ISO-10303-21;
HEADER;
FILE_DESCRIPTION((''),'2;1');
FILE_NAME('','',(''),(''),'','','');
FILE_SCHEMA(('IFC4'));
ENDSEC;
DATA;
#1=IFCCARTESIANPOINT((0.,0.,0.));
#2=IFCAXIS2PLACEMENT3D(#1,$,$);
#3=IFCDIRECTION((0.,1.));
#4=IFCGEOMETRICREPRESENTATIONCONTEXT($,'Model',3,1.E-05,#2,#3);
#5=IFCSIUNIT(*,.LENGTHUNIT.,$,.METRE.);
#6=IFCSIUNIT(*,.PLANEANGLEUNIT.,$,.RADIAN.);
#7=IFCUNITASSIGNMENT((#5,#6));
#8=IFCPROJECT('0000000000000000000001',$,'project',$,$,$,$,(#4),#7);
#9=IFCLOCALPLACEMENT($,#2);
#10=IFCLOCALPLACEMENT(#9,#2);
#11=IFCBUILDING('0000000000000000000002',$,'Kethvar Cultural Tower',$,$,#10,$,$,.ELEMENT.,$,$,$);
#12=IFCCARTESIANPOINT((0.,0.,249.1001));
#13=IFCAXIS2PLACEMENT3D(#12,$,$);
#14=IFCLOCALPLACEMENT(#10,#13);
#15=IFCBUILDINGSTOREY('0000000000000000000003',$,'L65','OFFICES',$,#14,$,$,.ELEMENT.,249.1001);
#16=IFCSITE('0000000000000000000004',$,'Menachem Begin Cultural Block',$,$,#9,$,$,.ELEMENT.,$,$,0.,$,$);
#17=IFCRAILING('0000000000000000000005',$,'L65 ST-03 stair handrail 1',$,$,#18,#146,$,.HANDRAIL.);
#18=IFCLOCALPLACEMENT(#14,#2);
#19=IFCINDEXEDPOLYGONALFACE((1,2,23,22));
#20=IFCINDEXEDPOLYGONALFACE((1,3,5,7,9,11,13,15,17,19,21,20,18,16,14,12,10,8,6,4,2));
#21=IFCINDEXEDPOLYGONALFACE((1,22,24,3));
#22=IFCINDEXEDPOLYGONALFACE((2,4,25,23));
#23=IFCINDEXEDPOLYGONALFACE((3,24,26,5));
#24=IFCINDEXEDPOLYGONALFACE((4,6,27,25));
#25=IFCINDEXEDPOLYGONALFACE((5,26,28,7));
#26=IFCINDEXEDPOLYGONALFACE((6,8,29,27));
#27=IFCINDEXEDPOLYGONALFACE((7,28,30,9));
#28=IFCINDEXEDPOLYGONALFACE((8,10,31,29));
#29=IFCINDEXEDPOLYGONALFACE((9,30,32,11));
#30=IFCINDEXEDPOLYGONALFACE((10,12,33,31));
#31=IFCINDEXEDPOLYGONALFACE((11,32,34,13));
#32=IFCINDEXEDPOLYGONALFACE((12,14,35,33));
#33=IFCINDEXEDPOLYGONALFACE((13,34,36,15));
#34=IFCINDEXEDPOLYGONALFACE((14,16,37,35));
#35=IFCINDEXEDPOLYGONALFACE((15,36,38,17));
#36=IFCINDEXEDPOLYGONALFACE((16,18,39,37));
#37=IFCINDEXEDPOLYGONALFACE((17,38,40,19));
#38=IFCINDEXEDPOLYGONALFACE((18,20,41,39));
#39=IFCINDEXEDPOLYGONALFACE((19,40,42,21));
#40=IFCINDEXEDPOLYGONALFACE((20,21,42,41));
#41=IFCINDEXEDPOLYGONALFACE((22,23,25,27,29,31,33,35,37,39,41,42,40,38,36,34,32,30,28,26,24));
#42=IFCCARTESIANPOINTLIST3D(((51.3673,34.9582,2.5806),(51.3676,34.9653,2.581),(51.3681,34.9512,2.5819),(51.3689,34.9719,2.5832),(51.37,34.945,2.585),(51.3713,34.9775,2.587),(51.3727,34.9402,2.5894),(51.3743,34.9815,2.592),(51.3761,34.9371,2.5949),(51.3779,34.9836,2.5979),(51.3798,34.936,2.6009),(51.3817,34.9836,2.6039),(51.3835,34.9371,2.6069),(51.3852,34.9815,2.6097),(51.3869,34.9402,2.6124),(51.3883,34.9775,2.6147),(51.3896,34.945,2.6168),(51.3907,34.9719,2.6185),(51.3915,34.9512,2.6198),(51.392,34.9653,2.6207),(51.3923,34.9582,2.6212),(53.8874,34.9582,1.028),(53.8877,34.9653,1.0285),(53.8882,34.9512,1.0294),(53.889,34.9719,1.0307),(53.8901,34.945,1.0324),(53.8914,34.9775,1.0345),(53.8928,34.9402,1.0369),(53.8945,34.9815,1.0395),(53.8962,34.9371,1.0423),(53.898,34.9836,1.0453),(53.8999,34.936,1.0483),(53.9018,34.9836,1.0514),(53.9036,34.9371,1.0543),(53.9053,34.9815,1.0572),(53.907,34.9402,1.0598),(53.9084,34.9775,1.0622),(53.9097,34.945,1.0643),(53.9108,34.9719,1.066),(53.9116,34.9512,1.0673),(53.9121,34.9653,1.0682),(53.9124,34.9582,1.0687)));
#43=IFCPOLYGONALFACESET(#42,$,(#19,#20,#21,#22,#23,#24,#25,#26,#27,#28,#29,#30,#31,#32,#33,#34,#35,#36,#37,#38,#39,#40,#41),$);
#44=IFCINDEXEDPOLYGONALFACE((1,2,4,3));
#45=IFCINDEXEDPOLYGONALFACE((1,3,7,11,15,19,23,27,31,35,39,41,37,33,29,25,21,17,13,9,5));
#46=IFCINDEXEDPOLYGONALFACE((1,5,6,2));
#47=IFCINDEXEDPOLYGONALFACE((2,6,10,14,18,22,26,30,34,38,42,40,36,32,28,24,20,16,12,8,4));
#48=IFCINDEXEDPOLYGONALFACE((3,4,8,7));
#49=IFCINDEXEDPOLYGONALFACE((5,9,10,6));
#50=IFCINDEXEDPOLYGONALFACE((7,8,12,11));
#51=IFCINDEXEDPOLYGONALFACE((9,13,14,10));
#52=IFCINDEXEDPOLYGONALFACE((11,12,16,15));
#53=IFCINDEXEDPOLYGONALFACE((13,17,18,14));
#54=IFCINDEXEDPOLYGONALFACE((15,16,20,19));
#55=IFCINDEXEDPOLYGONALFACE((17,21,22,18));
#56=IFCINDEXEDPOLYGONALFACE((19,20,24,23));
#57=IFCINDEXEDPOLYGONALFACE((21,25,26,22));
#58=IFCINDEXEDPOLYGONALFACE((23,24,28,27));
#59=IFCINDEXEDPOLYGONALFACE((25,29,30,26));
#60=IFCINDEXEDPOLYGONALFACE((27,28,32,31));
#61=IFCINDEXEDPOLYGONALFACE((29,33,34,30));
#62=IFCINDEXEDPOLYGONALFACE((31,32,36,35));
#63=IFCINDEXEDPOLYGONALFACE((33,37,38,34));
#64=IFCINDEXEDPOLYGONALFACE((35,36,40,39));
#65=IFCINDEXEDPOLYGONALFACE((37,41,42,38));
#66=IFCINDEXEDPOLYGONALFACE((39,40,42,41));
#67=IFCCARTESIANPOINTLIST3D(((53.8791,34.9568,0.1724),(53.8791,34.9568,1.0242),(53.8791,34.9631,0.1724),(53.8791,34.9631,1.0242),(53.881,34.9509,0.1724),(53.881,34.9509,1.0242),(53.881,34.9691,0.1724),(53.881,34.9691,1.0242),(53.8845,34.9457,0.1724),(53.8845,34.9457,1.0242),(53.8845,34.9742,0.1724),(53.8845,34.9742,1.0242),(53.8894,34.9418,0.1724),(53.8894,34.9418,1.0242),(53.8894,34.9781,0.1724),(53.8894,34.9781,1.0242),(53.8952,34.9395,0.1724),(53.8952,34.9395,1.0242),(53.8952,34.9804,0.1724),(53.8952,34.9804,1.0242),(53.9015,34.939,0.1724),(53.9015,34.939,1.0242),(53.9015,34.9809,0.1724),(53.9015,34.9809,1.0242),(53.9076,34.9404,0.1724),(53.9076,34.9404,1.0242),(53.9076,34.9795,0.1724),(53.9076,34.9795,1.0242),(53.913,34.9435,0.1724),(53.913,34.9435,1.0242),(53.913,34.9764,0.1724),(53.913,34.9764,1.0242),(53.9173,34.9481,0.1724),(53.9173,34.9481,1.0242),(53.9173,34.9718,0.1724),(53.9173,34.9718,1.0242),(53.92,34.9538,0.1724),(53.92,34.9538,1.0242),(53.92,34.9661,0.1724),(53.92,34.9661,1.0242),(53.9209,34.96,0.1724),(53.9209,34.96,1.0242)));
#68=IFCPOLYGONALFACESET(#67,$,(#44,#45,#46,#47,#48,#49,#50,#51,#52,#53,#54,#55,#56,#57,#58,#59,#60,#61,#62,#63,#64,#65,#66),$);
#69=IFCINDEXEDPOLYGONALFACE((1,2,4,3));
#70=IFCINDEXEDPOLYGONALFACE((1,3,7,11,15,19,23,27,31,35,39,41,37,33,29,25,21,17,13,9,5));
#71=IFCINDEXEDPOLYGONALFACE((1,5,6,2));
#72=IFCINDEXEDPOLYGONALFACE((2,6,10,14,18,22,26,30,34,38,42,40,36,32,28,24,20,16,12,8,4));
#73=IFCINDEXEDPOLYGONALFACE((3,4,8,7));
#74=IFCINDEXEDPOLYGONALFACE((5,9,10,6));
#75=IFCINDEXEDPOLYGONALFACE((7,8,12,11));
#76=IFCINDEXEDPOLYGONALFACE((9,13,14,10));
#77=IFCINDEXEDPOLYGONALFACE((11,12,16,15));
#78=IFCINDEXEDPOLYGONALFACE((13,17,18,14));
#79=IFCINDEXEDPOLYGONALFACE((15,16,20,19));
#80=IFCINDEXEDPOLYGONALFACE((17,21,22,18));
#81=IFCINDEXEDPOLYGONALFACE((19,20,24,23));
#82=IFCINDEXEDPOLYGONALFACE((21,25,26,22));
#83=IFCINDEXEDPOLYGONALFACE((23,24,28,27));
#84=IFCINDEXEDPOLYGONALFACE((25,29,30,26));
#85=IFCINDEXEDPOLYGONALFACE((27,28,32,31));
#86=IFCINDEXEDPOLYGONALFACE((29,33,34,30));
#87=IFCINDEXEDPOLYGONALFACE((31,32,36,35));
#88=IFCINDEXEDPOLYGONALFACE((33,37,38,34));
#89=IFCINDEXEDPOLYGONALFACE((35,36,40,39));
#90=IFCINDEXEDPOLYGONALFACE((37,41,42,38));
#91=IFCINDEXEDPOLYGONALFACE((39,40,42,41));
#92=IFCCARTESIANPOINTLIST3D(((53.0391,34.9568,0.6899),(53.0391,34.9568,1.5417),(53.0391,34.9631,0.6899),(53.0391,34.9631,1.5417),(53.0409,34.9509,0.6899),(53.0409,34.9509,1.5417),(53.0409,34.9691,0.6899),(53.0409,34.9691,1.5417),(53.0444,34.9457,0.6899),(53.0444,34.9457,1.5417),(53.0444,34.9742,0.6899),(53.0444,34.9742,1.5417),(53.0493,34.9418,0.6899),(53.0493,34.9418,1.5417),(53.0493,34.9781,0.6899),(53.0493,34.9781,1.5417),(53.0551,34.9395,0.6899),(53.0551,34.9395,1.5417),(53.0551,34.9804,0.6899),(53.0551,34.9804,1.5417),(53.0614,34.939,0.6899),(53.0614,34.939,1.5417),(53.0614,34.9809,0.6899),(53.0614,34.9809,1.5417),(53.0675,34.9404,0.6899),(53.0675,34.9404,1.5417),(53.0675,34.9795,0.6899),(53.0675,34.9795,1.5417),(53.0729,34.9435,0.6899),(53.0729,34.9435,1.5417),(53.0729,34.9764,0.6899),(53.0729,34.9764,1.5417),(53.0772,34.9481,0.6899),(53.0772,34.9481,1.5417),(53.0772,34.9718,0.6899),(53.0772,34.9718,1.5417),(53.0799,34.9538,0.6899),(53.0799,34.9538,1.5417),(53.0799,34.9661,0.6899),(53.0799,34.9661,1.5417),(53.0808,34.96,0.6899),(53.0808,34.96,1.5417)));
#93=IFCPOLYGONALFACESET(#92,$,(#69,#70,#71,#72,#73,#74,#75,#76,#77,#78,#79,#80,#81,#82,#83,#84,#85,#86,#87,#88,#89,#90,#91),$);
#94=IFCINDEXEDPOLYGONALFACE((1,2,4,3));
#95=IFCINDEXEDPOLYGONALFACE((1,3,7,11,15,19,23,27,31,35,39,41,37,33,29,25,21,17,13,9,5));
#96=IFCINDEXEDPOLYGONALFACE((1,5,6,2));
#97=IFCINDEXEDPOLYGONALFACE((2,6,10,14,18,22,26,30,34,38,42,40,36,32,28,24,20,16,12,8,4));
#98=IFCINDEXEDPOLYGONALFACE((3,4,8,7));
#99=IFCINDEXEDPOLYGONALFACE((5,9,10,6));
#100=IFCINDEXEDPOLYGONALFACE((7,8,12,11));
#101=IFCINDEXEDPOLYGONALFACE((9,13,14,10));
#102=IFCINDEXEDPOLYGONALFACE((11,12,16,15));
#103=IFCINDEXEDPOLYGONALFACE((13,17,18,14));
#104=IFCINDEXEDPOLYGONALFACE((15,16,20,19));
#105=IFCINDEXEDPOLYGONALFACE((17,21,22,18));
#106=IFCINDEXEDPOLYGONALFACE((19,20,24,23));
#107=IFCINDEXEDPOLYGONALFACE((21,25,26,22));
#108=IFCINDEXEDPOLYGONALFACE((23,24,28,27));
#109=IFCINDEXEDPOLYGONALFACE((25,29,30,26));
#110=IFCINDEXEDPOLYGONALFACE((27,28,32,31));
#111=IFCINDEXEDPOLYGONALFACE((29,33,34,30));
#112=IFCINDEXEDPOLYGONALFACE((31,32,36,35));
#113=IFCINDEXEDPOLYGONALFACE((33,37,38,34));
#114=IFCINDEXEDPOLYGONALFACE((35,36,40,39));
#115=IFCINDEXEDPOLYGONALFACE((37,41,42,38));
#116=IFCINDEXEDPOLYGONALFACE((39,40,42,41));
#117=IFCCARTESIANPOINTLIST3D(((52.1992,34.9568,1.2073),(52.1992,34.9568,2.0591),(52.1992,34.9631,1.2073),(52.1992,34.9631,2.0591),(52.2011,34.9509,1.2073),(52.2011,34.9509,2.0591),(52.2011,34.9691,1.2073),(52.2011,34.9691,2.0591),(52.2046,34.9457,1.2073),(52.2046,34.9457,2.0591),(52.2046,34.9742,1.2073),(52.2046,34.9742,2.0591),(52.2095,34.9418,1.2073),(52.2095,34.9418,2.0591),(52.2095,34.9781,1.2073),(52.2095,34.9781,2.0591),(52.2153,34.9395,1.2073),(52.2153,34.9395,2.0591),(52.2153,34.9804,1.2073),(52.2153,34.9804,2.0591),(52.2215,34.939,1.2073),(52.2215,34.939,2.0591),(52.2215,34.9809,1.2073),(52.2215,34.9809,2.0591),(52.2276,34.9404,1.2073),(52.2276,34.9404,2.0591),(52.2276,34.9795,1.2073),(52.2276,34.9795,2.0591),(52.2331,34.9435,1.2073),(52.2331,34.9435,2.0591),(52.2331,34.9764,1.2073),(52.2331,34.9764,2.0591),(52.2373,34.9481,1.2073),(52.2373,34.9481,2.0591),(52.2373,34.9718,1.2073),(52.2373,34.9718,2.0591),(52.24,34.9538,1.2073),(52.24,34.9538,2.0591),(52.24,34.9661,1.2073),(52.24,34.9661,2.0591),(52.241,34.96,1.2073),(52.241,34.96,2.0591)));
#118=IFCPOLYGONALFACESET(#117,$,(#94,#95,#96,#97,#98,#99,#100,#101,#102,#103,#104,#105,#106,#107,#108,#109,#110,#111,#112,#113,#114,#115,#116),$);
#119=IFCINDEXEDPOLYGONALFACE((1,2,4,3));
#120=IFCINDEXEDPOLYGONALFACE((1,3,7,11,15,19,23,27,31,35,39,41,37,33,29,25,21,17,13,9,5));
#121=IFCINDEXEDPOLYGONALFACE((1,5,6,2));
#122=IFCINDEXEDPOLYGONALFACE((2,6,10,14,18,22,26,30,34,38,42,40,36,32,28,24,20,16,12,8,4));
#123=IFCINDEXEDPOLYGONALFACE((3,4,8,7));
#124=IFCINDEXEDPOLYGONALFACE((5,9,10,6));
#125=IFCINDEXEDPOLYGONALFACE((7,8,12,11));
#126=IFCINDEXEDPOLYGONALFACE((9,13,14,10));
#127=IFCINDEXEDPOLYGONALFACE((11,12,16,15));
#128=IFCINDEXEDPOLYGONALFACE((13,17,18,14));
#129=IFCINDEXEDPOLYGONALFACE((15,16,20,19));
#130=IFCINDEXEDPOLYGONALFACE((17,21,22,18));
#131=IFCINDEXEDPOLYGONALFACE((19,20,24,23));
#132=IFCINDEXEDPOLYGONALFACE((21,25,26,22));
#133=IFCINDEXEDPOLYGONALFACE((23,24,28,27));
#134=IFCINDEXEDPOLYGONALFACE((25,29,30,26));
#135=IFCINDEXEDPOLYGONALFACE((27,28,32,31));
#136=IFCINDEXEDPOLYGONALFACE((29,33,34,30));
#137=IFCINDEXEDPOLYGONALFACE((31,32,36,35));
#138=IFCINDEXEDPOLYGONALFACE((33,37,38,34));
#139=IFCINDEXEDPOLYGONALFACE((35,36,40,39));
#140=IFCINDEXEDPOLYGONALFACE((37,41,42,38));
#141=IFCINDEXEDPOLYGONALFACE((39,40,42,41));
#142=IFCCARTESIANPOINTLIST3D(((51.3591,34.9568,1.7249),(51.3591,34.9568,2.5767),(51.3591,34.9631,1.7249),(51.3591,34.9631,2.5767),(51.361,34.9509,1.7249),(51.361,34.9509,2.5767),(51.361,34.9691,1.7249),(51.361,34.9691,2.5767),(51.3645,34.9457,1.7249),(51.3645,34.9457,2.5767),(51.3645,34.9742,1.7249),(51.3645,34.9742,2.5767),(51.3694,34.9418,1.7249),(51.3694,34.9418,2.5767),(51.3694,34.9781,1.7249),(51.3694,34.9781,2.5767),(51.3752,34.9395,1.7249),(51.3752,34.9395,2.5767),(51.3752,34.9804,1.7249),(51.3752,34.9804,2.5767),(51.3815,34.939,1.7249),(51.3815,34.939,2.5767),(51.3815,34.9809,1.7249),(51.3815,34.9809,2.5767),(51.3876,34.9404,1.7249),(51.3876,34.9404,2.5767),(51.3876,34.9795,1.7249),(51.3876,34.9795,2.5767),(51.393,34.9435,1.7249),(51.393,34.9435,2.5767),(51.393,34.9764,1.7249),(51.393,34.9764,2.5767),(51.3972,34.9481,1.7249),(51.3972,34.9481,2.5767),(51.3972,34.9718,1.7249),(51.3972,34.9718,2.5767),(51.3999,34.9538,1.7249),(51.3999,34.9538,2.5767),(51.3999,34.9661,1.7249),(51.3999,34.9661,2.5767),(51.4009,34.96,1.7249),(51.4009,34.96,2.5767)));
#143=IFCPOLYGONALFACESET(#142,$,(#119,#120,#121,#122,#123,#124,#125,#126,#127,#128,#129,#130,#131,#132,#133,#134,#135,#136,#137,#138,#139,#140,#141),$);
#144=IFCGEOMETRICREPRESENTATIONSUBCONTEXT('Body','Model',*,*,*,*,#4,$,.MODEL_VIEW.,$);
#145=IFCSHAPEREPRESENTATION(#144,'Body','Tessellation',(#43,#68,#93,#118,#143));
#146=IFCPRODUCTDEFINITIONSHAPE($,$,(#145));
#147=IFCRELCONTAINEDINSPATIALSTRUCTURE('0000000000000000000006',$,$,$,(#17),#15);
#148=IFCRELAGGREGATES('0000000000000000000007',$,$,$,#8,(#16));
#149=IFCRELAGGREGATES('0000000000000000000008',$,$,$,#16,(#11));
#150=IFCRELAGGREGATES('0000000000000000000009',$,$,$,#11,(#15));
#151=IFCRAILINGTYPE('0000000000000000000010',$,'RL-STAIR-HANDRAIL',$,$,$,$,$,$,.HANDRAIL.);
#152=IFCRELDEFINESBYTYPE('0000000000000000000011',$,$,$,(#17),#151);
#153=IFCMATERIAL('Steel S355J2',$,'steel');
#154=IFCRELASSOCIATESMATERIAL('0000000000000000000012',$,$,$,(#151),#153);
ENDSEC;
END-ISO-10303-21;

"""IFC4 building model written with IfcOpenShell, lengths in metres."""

from ifc_helpers import new_model, si_unit, direction, frame, origin, origin_2d, place, context, subcontext, project, spatial, circle, extrude, material, type_object, element, save


model = new_model("IFC4")

# Units and contexts
model_context = context("Model", 3, precision=1e-05, world=origin(), true_north=direction((0.0, 1.0)))
body_context = subcontext(model_context, "Body", "Model", "MODEL_VIEW")
ifc_project = project(units=[si_unit("LENGTHUNIT", "METRE"), si_unit("PLANEANGLEUNIT", "RADIAN")], contexts=[model_context])

# Site, building, storey
site_placement = place(None, origin())
site = spatial("IfcSite", under=ifc_project, at=site_placement, Name="Menachem Begin Cultural Block", CompositionType="ELEMENT", RefElevation=0.0)
building_placement = place(site_placement, origin())
building = spatial("IfcBuilding", under=site, at=building_placement, Name="Kethvar Cultural Tower", CompositionType="ELEMENT")
storey_placement = place(building_placement, frame((0.0, 0.0, 249.1001)))
storey = spatial("IfcBuildingStorey", under=building, at=storey_placement, Name="L65", Description="OFFICES", CompositionType="ELEMENT", Elevation=249.1001)

# Shared definitions
ifc_material_1 = material(Name="Steel S355J2", Category="steel")

# Railing
railing_type_1 = type_object("IfcRailingType", Name="RL-STAIR-HANDRAIL", PredefinedType="HANDRAIL", material=ifc_material_1)
railing_1_placement = place(storey_placement, frame((53.8999, 34.96, 0.1724)))
element("IfcRailing", 1, at=railing_1_placement, inside=storey, type_object=railing_type_1, Name="L65 ST-03 stair handrail 1", PredefinedType="HANDRAIL", context=body_context, shape_type="SweptSolid", body=[
    extrude(circle(Radius=0.0239, at=origin_2d()), frame((0.0, 0.0, 0.876), z_axis=(-0.8514, 0.0, 0.524516), x_axis=(0.0, -1.0, 0.0)), (0.0, 0.0, 1.0), 2.96),
    extrude(circle(Radius=0.021, at=origin_2d()), origin(), (0.0, 0.0, 1.0), 0.8518),
    extrude(circle(Radius=0.021, at=origin_2d()), frame((-0.8401, 0.0, 0.5176)), (0.0, 0.0, 1.0), 0.8518),
    extrude(circle(Radius=0.021, at=origin_2d()), frame((-1.6799, 0.0, 1.0349)), (0.0, 0.0, 1.0), 0.8518),
    extrude(circle(Radius=0.021, at=origin_2d()), frame((-2.52, 0.0, 1.5525)), (0.0, 0.0, 1.0), 0.8518),
])

save(model, "model.ifc")
